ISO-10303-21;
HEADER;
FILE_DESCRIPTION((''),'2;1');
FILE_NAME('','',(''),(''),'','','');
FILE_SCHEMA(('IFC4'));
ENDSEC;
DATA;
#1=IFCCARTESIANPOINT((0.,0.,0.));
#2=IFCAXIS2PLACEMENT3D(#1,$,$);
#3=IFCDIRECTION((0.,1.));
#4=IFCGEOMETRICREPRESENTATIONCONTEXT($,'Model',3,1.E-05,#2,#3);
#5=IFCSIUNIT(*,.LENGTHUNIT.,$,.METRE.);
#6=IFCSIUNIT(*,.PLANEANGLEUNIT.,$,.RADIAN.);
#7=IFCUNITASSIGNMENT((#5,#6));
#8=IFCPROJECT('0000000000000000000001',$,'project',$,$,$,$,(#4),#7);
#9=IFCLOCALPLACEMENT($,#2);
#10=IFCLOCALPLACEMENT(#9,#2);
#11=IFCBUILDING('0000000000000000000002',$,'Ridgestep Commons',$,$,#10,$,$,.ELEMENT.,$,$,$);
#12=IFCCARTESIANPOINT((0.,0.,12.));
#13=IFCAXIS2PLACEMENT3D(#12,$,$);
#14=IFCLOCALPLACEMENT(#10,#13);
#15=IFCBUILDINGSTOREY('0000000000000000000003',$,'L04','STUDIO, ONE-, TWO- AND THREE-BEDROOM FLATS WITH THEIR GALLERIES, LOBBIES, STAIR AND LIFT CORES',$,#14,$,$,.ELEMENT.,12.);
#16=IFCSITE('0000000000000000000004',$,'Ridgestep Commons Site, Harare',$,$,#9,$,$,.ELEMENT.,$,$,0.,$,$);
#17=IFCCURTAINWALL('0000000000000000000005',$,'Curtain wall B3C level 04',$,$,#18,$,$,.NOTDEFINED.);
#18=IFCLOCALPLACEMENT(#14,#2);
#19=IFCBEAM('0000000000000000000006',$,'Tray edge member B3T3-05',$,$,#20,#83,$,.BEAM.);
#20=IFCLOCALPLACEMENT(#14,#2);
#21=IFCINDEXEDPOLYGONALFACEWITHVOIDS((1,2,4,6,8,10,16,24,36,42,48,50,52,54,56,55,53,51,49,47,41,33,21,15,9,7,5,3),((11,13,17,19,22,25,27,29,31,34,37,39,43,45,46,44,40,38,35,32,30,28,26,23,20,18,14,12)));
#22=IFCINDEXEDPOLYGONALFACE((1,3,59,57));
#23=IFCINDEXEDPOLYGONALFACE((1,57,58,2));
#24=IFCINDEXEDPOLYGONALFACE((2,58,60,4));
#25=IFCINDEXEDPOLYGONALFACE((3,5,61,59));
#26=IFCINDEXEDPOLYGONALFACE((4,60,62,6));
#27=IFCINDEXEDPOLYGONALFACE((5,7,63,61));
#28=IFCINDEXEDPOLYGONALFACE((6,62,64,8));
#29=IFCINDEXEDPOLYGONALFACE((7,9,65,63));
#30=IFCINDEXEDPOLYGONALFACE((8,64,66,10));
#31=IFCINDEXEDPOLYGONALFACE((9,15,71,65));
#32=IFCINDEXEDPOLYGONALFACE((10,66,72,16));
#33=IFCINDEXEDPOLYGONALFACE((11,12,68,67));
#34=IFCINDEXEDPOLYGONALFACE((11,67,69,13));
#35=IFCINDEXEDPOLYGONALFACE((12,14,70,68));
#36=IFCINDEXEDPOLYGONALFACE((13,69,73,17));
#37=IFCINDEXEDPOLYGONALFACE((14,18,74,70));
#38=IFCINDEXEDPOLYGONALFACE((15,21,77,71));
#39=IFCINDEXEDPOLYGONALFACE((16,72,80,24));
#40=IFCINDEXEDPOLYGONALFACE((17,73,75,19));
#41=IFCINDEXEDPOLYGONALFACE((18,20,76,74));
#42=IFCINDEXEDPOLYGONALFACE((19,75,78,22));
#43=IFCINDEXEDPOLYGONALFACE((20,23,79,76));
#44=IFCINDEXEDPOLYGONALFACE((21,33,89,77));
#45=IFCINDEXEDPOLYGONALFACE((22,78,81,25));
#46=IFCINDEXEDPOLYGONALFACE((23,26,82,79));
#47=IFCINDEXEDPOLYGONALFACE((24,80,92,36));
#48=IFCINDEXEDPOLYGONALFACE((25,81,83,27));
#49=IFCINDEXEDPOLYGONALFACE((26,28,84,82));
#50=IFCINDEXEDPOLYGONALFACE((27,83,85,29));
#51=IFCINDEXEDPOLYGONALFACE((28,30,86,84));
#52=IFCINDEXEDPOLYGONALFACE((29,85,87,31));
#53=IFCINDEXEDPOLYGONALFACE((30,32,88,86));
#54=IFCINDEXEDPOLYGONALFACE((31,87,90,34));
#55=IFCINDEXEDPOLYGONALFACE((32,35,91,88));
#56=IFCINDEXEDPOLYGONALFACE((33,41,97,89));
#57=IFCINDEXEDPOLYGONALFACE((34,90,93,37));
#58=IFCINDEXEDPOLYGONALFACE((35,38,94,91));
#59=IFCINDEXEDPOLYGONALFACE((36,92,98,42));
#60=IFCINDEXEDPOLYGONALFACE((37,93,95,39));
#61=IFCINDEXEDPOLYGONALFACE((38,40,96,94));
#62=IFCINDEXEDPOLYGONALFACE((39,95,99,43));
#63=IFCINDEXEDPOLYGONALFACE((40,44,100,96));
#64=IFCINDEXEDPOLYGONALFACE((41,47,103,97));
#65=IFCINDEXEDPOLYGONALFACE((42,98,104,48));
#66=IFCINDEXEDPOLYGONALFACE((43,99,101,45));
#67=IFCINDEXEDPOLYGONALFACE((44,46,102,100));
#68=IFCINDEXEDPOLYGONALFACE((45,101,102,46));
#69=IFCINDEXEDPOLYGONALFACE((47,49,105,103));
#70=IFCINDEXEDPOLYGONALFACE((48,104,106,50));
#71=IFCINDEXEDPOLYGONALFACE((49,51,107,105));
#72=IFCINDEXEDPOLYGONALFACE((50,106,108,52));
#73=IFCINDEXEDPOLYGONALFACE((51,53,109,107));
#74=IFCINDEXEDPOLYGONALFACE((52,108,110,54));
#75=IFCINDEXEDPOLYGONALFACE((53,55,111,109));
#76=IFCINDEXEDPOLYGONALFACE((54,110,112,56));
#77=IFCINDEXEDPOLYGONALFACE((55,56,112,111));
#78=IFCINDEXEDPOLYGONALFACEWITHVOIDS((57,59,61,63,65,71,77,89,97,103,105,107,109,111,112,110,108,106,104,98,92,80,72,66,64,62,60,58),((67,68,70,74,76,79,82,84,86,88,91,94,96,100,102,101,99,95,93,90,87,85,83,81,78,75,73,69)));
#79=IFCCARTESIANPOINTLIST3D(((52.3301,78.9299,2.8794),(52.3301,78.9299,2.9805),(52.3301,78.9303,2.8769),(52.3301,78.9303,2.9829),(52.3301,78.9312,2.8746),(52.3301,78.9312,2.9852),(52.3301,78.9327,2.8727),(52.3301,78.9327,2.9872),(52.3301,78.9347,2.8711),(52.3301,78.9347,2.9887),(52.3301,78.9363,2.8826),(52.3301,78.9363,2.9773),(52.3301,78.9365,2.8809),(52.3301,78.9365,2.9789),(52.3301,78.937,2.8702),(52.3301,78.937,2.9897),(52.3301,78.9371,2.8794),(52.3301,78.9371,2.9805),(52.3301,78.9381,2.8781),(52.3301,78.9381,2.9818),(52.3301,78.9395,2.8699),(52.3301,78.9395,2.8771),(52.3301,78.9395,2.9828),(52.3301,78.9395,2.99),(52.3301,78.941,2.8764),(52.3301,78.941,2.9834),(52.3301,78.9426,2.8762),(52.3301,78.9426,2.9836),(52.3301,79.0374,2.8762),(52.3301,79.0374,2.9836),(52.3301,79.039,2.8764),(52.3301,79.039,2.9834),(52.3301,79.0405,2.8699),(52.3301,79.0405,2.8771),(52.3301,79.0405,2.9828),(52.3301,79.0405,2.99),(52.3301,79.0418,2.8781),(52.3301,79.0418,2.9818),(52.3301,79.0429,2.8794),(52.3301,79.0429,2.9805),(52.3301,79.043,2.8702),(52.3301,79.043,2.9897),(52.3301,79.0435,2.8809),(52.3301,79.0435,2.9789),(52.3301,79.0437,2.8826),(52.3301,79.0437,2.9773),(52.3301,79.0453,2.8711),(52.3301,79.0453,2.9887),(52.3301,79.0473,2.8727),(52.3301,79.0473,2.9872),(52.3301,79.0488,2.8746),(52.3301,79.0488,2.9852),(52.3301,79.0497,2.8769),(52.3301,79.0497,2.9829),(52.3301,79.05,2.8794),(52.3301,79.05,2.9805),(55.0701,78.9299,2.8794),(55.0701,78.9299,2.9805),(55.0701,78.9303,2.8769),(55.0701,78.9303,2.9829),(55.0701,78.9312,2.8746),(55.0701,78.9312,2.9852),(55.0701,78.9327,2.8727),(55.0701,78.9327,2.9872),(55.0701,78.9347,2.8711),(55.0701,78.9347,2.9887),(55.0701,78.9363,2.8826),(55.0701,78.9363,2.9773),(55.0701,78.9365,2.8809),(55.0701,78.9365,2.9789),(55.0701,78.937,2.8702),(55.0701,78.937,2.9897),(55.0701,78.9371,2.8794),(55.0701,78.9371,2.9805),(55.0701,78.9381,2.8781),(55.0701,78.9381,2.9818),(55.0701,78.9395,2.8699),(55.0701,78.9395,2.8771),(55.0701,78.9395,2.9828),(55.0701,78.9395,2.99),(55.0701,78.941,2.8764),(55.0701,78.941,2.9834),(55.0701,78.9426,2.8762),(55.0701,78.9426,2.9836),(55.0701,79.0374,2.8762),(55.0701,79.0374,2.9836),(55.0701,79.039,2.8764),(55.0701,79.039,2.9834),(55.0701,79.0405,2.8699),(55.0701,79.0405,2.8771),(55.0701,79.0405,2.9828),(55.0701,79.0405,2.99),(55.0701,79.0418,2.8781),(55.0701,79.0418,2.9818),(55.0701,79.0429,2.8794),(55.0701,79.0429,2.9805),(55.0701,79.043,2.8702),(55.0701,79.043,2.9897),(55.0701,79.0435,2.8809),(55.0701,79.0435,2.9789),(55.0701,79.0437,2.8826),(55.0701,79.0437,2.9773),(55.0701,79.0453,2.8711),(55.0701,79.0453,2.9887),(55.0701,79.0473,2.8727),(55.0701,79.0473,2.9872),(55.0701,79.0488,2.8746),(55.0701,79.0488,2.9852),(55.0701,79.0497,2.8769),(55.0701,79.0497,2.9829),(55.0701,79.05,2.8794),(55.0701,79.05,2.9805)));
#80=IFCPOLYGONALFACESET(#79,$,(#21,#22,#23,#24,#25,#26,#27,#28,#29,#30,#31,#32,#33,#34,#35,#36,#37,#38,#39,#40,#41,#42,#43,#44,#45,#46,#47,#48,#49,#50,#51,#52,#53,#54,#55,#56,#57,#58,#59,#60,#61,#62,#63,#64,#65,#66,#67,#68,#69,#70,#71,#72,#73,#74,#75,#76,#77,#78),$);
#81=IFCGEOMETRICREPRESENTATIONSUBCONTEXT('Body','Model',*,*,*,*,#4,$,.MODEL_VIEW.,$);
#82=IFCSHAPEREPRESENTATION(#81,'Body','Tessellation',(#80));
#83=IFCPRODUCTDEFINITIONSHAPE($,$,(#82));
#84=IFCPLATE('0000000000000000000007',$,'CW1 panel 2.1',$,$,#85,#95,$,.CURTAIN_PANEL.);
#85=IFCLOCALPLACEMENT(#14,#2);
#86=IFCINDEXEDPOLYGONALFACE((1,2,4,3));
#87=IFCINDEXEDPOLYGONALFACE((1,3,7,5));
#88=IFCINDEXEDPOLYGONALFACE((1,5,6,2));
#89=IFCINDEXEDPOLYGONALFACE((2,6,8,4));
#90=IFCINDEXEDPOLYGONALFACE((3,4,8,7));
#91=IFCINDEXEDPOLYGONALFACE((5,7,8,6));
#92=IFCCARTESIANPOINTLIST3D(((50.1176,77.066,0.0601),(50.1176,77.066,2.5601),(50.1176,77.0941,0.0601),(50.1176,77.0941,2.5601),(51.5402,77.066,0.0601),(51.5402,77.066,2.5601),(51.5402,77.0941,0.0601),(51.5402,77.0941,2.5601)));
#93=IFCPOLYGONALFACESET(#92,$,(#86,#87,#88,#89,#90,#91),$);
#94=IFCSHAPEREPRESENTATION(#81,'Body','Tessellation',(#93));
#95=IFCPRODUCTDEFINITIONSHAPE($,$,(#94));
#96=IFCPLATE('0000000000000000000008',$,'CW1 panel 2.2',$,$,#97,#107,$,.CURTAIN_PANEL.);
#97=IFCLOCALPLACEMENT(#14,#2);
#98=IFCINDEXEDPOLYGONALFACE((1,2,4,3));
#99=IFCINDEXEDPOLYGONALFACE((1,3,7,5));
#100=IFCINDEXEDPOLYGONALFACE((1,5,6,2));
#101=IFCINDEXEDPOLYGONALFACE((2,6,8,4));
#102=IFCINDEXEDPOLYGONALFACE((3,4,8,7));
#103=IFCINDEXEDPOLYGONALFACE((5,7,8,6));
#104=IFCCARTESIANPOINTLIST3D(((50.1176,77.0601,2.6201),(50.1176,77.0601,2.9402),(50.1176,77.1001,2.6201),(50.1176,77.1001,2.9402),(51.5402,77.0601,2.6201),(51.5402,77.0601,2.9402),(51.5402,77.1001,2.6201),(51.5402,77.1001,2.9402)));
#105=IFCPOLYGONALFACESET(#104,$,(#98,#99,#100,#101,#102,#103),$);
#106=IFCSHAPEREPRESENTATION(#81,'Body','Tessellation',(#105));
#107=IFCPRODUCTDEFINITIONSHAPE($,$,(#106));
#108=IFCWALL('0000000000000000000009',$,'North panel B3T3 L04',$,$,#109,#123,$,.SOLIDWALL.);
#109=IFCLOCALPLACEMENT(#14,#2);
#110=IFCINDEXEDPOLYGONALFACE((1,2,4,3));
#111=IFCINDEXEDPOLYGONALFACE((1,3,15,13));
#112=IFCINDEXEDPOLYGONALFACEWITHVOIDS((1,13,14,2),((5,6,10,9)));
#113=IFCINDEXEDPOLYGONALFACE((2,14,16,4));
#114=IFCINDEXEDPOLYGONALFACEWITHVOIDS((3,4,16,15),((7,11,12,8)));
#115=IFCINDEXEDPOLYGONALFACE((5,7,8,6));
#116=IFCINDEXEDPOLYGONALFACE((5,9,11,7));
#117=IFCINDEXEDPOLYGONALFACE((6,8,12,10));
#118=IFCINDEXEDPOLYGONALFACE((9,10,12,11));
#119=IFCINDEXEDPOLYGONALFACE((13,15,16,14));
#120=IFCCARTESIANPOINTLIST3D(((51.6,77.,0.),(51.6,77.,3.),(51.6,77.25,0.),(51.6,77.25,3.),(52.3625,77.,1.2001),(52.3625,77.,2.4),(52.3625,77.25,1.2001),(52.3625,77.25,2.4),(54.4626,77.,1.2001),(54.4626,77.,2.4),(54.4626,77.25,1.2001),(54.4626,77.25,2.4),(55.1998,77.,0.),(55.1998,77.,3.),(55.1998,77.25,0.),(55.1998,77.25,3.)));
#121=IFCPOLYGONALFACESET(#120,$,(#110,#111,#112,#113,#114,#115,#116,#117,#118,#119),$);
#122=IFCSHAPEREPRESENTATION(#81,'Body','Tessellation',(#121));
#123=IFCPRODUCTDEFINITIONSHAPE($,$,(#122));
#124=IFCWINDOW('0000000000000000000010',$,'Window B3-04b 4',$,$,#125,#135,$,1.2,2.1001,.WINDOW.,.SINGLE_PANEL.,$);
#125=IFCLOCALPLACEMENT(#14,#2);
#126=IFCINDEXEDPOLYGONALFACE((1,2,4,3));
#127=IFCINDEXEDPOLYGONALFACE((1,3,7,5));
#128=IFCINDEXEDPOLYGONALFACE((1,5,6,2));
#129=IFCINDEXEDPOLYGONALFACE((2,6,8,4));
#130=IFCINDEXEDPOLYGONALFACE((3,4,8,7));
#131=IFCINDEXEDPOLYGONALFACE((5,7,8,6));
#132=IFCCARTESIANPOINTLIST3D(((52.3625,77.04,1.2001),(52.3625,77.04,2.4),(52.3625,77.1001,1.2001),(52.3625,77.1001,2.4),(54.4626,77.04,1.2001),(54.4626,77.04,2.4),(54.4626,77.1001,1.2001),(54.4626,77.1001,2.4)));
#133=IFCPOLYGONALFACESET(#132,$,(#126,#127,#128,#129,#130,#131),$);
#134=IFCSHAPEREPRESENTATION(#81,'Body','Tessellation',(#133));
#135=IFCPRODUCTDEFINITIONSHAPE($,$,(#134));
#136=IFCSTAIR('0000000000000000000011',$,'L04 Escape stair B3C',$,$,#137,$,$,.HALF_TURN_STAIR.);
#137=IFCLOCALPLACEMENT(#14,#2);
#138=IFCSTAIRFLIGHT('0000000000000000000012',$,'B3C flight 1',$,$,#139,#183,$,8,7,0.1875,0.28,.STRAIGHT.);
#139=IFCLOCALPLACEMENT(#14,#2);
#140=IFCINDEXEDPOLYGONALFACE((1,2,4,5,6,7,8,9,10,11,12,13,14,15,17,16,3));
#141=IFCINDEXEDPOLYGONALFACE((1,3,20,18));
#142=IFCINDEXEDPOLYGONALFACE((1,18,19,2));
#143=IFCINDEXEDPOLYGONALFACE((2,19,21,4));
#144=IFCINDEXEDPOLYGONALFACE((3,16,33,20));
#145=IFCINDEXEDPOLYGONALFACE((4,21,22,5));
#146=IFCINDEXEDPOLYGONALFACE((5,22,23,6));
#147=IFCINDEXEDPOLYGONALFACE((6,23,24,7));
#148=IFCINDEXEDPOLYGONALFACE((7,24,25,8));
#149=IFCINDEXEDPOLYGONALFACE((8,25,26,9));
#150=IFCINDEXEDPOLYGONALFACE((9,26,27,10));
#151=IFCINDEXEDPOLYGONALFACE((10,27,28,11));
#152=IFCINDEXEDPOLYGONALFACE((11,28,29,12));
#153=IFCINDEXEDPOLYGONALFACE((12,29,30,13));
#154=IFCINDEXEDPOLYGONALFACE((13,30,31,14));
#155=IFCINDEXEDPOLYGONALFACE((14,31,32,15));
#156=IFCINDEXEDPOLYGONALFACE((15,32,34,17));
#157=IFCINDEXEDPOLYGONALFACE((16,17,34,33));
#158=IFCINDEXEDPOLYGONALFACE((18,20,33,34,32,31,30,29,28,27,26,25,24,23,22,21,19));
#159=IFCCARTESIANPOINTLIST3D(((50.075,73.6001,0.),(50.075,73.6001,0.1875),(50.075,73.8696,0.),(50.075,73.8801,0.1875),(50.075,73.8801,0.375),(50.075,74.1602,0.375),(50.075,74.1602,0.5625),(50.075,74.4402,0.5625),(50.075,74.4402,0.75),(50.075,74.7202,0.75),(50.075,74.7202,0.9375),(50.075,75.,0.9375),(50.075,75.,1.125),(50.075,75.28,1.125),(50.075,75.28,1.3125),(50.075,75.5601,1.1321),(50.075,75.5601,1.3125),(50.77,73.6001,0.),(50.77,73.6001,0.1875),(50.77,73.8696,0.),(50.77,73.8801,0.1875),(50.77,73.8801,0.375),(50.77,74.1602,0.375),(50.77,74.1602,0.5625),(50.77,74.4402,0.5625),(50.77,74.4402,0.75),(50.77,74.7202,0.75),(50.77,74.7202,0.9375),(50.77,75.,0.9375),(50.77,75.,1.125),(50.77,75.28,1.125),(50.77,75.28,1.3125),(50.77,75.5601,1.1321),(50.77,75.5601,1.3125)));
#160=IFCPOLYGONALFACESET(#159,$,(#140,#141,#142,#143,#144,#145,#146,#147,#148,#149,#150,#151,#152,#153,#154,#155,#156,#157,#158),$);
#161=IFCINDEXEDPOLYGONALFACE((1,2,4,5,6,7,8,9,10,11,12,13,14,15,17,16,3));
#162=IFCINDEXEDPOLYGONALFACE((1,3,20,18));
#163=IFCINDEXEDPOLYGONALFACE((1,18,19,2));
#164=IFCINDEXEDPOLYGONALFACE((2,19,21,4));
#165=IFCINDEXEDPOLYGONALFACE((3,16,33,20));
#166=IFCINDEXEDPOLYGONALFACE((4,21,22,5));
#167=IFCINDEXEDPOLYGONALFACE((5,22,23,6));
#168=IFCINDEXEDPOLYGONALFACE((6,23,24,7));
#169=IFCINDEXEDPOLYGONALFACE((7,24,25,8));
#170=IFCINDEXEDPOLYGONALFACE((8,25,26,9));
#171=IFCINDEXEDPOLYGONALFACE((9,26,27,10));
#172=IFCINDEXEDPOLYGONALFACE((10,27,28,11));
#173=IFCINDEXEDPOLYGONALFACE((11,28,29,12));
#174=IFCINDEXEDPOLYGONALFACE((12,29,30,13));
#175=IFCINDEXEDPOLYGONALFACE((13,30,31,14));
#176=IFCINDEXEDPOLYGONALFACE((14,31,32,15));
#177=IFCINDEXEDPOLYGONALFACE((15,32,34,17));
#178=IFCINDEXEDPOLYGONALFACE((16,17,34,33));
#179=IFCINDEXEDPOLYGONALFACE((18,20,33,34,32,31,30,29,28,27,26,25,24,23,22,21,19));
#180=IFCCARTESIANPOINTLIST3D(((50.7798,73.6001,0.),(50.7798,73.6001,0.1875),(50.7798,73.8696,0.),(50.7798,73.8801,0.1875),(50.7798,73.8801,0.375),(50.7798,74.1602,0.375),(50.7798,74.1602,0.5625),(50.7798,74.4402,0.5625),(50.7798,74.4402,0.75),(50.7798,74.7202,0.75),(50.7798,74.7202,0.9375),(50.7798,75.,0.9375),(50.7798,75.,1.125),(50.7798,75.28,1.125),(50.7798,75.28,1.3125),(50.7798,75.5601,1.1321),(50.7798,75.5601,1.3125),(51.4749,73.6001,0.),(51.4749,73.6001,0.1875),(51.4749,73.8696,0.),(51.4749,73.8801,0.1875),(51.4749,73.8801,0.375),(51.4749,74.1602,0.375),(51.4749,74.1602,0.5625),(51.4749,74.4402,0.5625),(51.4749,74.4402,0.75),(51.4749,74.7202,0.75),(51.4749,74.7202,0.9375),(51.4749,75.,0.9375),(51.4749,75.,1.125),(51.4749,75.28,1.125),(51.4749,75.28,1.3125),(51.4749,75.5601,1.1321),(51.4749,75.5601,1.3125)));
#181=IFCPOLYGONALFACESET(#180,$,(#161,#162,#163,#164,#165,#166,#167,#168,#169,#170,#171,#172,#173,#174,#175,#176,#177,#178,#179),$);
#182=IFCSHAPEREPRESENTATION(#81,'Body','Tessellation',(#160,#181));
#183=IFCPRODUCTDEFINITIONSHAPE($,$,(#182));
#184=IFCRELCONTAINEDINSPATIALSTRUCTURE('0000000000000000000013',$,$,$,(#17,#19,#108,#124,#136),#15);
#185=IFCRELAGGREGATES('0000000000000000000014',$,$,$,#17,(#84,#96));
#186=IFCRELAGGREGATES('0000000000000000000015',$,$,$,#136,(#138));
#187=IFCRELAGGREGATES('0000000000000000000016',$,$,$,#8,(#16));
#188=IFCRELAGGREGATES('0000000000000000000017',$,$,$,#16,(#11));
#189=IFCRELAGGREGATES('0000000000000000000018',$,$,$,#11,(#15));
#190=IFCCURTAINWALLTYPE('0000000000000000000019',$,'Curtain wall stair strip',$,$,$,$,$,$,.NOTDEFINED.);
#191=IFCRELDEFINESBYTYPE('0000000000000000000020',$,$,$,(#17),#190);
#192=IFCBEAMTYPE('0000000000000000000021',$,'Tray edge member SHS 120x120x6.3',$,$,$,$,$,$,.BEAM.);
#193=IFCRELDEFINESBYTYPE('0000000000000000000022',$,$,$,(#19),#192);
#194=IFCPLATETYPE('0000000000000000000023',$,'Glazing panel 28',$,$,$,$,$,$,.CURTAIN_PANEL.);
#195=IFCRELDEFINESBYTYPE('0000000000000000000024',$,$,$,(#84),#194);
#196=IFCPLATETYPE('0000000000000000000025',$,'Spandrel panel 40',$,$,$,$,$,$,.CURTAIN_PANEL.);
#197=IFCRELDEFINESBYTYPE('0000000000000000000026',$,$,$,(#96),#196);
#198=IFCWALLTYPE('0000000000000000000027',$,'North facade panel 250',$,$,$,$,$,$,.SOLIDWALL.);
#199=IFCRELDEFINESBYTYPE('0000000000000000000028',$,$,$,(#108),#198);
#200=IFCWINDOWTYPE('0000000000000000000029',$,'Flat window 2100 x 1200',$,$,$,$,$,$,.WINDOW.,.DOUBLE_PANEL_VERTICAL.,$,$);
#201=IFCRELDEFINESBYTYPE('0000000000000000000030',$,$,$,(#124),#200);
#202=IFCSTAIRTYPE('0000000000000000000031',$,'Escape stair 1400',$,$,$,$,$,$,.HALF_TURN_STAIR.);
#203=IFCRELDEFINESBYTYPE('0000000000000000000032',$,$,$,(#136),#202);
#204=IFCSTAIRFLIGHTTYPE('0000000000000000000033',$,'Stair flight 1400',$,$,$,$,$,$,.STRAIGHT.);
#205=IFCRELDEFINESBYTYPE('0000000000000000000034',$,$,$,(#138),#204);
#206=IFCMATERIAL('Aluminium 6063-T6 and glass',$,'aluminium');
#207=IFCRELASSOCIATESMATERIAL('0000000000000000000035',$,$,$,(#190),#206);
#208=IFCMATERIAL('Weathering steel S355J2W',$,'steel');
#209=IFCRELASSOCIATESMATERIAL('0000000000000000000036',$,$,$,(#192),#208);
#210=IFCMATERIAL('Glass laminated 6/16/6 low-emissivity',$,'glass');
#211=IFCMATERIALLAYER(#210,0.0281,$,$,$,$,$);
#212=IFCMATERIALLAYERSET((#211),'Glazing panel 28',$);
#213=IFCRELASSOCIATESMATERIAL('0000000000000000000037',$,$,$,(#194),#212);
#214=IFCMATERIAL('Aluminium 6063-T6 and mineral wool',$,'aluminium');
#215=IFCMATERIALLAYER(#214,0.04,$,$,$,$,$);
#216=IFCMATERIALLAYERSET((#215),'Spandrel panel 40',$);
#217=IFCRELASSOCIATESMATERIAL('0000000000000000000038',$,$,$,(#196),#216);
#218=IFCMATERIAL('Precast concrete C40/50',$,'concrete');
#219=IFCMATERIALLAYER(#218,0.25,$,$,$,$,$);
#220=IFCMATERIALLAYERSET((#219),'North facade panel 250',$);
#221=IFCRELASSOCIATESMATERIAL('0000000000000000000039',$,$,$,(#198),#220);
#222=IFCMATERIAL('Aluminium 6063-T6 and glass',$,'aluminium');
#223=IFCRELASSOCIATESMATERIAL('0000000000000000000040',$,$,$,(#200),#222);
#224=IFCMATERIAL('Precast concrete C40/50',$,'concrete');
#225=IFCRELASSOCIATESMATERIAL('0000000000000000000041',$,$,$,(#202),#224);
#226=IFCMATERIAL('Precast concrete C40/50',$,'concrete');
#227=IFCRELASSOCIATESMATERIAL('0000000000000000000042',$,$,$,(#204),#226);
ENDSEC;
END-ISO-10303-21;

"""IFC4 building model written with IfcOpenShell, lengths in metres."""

from ifc_helpers import new_model, si_unit, direction, frame, frame_2d, origin, origin_2d, place, context, subcontext, project, spatial, polyline, rectangle, hollow_rectangle, outline, extrude, material, layer, layer_set, material_profile, profile_set, type_object, element, fill, aggregate, save


model = new_model("IFC4")

# Units and contexts
model_context = context("Model", 3, precision=1e-05, world=origin(), true_north=direction((0.0, 1.0)))
body_context = subcontext(model_context, "Body", "Model", "MODEL_VIEW")
ifc_project = project(units=[si_unit("LENGTHUNIT", "METRE"), si_unit("PLANEANGLEUNIT", "RADIAN")], contexts=[model_context])

# Site, building, storey
site_placement = place(None, origin())
site = spatial("IfcSite", under=ifc_project, at=site_placement, Name="Ridgestep Commons Site, Harare", CompositionType="ELEMENT", RefElevation=0.0)
building_placement = place(site_placement, origin())
building = spatial("IfcBuilding", under=site, at=building_placement, Name="Ridgestep Commons", CompositionType="ELEMENT")
storey_placement = place(building_placement, frame((0.0, 0.0, 12.0)))
storey = spatial("IfcBuildingStorey", under=building, at=storey_placement, Name="L04", Description="STUDIO, ONE-, TWO- AND THREE-BEDROOM FLATS WITH THEIR GALLERIES, LOBBIES, STAIR AND LIFT CORES", CompositionType="ELEMENT", Elevation=12.0)

# Curtain wall
ifc_material_1 = material(Name="Aluminium 6063-T6 and glass", Category="aluminium")
curtain_wall_type = type_object("IfcCurtainWallType", Name="Curtain wall stair strip", PredefinedType="NOTDEFINED", material=ifc_material_1)
curtain_wall_placement = place(storey_placement, origin())
curtain_wall = element("IfcCurtainWall", 1, at=curtain_wall_placement, inside=storey, type_object=curtain_wall_type, Name="Curtain wall B3C level 04", PredefinedType="NOTDEFINED")

# Beam
ifc_material_2 = material(Name="Weathering steel S355J2W", Category="steel")
ifc_material_profile_1 = material_profile(ifc_material_2, hollow_rectangle(XDim=0.1201, YDim=0.1201, WallThickness=0.0063, InnerFilletRadius=0.0063, OuterFilletRadius=0.0095, at=origin_2d()), Name="SHS 120x120x6.3")
ifc_profile_set_1 = profile_set([ifc_material_profile_1], Name="Weathering steel S355J2W")
beam_type_1 = type_object("IfcBeamType", Name="Tray edge member SHS 120x120x6.3", PredefinedType="BEAM", material=ifc_profile_set_1)
beam_placement = place(storey_placement, frame((52.3301, 78.99, 2.9299), z_axis=(1.0, 0.0, 0.0), x_axis=(0.0, 0.0, 1.0)))
element("IfcBeam", 2, at=beam_placement, inside=storey, type_object=beam_type_1, Name="Tray edge member B3T3-05", PredefinedType="BEAM", context=body_context, shape_type="SweptSolid", body=[
    extrude(hollow_rectangle(XDim=0.1201, YDim=0.1201, WallThickness=0.0063, InnerFilletRadius=0.0063, OuterFilletRadius=0.0095, at=origin_2d()), origin(), (0.0, 0.0, 1.0), 2.74),
])

# Plates
ifc_material_3 = material(Name="Glass laminated 6/16/6 low-emissivity", Category="glass")
ifc_layer_1 = layer(ifc_material_3, 0.0281)
ifc_layer_set_1 = layer_set([ifc_layer_1], Name="Glazing panel 28")
plate_type_1 = type_object("IfcPlateType", Name="Glazing panel 28", PredefinedType="CURTAIN_PANEL", material=ifc_layer_set_1)
plate_1_placement = place(storey_placement, frame((50.8289, 77.0801, 0.0601), z_axis=(0.0, 0.0, 1.0), x_axis=(1.0, 0.0, 0.0)))
plate_1 = element("IfcPlate", 3, at=plate_1_placement, type_object=plate_type_1, Name="CW1 panel 2.1", PredefinedType="CURTAIN_PANEL", context=body_context, shape_type="SweptSolid", body=[
    extrude(rectangle(XDim=1.4226, YDim=0.0281, at=origin_2d()), origin(), (0.0, 0.0, 1.0), 2.5),
])
ifc_material_4 = material(Name="Aluminium 6063-T6 and mineral wool", Category="aluminium")
ifc_layer_2 = layer(ifc_material_4, 0.04)
ifc_layer_set_2 = layer_set([ifc_layer_2], Name="Spandrel panel 40")
plate_type_2 = type_object("IfcPlateType", Name="Spandrel panel 40", PredefinedType="CURTAIN_PANEL", material=ifc_layer_set_2)
plate_2_placement = place(storey_placement, frame((50.8289, 77.0801, 2.6201), z_axis=(0.0, 0.0, 1.0), x_axis=(1.0, 0.0, 0.0)))
plate_2 = element("IfcPlate", 4, at=plate_2_placement, type_object=plate_type_2, Name="CW1 panel 2.2", PredefinedType="CURTAIN_PANEL", context=body_context, shape_type="SweptSolid", body=[
    extrude(rectangle(XDim=1.4226, YDim=0.04, at=origin_2d()), origin(), (0.0, 0.0, 1.0), 0.3201),
])
aggregate(curtain_wall, [plate_1, plate_2])

# Wall, opening, window
ifc_material_5 = material(Name="Precast concrete C40/50", Category="concrete")
ifc_layer_3 = layer(ifc_material_5, 0.25)
ifc_layer_set_3 = layer_set([ifc_layer_3], Name="North facade panel 250")
wall_type = type_object("IfcWallType", Name="North facade panel 250", PredefinedType="SOLIDWALL", material=ifc_layer_set_3)
wall_placement = place(storey_placement, frame((51.6001, 77.125, 0.0), z_axis=(0.0, 0.0, 1.0), x_axis=(1.0, 0.0, 0.0)))
wall = element("IfcWall", 5, at=wall_placement, inside=storey, type_object=wall_type, Name="North panel B3T3 L04", PredefinedType="SOLIDWALL", context=body_context, shape_type="SweptSolid", body=[
    extrude(rectangle(XDim=3.5999, YDim=0.25, at=frame_2d((1.7998, 0.0))), origin(), (0.0, 0.0, 1.0), 3.0),
])
opening_placement = place(wall_placement, frame((0.7625, 0.0, 1.2)))
opening = element("IfcOpeningElement", 6, at=opening_placement, cuts=wall, PredefinedType="OPENING", context=body_context, shape_type="SweptSolid", body=[
    extrude(rectangle(XDim=2.1001, YDim=1.2, at=frame_2d((1.05, 0.6001))), frame((0.0, 0.135, 0.0), z_axis=(0.0, -1.0, 0.0), x_axis=(1.0, 0.0, 0.0)), (0.0, 0.0, 1.0), 0.27),
])
ifc_material_6 = material(Name="Aluminium 6063-T6 and glass", Category="aluminium")
window_type = type_object("IfcWindowType", Name="Flat window 2100 x 1200", PartitioningType="DOUBLE_PANEL_VERTICAL", PredefinedType="WINDOW", material=ifc_material_6)
window_placement = place(opening_placement, origin())
window = element("IfcWindow", 7, at=window_placement, inside=storey, type_object=window_type, Name="Window B3-04b 4", OverallHeight=1.2, OverallWidth=2.1001, PartitioningType="SINGLE_PANEL", PredefinedType="WINDOW", context=body_context, shape_type="SweptSolid", body=[
    extrude(rectangle(XDim=2.1001, YDim=1.2, at=frame_2d((1.05, 0.6001))), frame((0.0, -0.0249, 0.0), z_axis=(0.0, -1.0, 0.0), x_axis=(1.0, 0.0, 0.0)), (0.0, 0.0, 1.0), 0.0601),
])
fill(opening, window)

# Stair, stair flight
ifc_material_7 = material(Name="Precast concrete C40/50", Category="concrete")
stair_type = type_object("IfcStairType", Name="Escape stair 1400", PredefinedType="HALF_TURN_STAIR", material=ifc_material_7)
stair_placement = place(storey_placement, origin())
stair = element("IfcStair", 8, at=stair_placement, inside=storey, type_object=stair_type, Name="L04 Escape stair B3C", PredefinedType="HALF_TURN_STAIR")
ifc_material_8 = material(Name="Precast concrete C40/50", Category="concrete")
stair_flight_type = type_object("IfcStairFlightType", Name="Stair flight 1400", PredefinedType="STRAIGHT", material=ifc_material_8)
stair_flight_placement = place(storey_placement, frame((50.7749, 73.6001, 0.0), z_axis=(0.0, 0.0, 1.0), x_axis=(0.0, 1.0, 0.0)))
stair_flight = element("IfcStairFlight", 9, at=stair_flight_placement, type_object=stair_flight_type, Name="B3C flight 1", NumberOfRisers=8, NumberOfTreads=7, PredefinedType="STRAIGHT", RiserHeight=0.1875, TreadLength=0.28, context=body_context, shape_type="SweptSolid", body=[
    extrude(outline(polyline([(0.0, 0.0), (0.0, 0.1875), (0.28, 0.1875), (0.28, 0.375), (0.5601, 0.375), (0.5601, 0.5625), (0.8401, 0.5625), (0.8401, 0.75), (1.1201, 0.75), (1.1201, 0.9375), (1.3999, 0.9375), (1.3999, 1.125), (1.6799, 1.125), (1.6799, 1.3125), (1.96, 1.3125), (1.96, 1.5), (1.96, 1.1321), (0.2695, 0.0), (0.0, 0.0)])), frame((0.0, 0.7, 0.0), z_axis=(0.0, -1.0, 0.0), x_axis=(1.0, 0.0, 0.0)), (0.0, 0.0, 1.0), 0.6951),
    extrude(outline(polyline([(0.0, 0.0), (0.0, 0.1875), (0.28, 0.1875), (0.28, 0.375), (0.5601, 0.375), (0.5601, 0.5625), (0.8401, 0.5625), (0.8401, 0.75), (1.1201, 0.75), (1.1201, 0.9375), (1.3999, 0.9375), (1.3999, 1.125), (1.6799, 1.125), (1.6799, 1.3125), (1.96, 1.3125), (1.96, 1.5), (1.96, 1.1321), (0.2695, 0.0), (0.0, 0.0)])), frame((0.0, -0.0049, 0.0), z_axis=(0.0, -1.0, 0.0), x_axis=(1.0, 0.0, 0.0)), (0.0, 0.0, 1.0), 0.6951),
])
aggregate(stair, [stair_flight])

save(model, "model.ifc")
